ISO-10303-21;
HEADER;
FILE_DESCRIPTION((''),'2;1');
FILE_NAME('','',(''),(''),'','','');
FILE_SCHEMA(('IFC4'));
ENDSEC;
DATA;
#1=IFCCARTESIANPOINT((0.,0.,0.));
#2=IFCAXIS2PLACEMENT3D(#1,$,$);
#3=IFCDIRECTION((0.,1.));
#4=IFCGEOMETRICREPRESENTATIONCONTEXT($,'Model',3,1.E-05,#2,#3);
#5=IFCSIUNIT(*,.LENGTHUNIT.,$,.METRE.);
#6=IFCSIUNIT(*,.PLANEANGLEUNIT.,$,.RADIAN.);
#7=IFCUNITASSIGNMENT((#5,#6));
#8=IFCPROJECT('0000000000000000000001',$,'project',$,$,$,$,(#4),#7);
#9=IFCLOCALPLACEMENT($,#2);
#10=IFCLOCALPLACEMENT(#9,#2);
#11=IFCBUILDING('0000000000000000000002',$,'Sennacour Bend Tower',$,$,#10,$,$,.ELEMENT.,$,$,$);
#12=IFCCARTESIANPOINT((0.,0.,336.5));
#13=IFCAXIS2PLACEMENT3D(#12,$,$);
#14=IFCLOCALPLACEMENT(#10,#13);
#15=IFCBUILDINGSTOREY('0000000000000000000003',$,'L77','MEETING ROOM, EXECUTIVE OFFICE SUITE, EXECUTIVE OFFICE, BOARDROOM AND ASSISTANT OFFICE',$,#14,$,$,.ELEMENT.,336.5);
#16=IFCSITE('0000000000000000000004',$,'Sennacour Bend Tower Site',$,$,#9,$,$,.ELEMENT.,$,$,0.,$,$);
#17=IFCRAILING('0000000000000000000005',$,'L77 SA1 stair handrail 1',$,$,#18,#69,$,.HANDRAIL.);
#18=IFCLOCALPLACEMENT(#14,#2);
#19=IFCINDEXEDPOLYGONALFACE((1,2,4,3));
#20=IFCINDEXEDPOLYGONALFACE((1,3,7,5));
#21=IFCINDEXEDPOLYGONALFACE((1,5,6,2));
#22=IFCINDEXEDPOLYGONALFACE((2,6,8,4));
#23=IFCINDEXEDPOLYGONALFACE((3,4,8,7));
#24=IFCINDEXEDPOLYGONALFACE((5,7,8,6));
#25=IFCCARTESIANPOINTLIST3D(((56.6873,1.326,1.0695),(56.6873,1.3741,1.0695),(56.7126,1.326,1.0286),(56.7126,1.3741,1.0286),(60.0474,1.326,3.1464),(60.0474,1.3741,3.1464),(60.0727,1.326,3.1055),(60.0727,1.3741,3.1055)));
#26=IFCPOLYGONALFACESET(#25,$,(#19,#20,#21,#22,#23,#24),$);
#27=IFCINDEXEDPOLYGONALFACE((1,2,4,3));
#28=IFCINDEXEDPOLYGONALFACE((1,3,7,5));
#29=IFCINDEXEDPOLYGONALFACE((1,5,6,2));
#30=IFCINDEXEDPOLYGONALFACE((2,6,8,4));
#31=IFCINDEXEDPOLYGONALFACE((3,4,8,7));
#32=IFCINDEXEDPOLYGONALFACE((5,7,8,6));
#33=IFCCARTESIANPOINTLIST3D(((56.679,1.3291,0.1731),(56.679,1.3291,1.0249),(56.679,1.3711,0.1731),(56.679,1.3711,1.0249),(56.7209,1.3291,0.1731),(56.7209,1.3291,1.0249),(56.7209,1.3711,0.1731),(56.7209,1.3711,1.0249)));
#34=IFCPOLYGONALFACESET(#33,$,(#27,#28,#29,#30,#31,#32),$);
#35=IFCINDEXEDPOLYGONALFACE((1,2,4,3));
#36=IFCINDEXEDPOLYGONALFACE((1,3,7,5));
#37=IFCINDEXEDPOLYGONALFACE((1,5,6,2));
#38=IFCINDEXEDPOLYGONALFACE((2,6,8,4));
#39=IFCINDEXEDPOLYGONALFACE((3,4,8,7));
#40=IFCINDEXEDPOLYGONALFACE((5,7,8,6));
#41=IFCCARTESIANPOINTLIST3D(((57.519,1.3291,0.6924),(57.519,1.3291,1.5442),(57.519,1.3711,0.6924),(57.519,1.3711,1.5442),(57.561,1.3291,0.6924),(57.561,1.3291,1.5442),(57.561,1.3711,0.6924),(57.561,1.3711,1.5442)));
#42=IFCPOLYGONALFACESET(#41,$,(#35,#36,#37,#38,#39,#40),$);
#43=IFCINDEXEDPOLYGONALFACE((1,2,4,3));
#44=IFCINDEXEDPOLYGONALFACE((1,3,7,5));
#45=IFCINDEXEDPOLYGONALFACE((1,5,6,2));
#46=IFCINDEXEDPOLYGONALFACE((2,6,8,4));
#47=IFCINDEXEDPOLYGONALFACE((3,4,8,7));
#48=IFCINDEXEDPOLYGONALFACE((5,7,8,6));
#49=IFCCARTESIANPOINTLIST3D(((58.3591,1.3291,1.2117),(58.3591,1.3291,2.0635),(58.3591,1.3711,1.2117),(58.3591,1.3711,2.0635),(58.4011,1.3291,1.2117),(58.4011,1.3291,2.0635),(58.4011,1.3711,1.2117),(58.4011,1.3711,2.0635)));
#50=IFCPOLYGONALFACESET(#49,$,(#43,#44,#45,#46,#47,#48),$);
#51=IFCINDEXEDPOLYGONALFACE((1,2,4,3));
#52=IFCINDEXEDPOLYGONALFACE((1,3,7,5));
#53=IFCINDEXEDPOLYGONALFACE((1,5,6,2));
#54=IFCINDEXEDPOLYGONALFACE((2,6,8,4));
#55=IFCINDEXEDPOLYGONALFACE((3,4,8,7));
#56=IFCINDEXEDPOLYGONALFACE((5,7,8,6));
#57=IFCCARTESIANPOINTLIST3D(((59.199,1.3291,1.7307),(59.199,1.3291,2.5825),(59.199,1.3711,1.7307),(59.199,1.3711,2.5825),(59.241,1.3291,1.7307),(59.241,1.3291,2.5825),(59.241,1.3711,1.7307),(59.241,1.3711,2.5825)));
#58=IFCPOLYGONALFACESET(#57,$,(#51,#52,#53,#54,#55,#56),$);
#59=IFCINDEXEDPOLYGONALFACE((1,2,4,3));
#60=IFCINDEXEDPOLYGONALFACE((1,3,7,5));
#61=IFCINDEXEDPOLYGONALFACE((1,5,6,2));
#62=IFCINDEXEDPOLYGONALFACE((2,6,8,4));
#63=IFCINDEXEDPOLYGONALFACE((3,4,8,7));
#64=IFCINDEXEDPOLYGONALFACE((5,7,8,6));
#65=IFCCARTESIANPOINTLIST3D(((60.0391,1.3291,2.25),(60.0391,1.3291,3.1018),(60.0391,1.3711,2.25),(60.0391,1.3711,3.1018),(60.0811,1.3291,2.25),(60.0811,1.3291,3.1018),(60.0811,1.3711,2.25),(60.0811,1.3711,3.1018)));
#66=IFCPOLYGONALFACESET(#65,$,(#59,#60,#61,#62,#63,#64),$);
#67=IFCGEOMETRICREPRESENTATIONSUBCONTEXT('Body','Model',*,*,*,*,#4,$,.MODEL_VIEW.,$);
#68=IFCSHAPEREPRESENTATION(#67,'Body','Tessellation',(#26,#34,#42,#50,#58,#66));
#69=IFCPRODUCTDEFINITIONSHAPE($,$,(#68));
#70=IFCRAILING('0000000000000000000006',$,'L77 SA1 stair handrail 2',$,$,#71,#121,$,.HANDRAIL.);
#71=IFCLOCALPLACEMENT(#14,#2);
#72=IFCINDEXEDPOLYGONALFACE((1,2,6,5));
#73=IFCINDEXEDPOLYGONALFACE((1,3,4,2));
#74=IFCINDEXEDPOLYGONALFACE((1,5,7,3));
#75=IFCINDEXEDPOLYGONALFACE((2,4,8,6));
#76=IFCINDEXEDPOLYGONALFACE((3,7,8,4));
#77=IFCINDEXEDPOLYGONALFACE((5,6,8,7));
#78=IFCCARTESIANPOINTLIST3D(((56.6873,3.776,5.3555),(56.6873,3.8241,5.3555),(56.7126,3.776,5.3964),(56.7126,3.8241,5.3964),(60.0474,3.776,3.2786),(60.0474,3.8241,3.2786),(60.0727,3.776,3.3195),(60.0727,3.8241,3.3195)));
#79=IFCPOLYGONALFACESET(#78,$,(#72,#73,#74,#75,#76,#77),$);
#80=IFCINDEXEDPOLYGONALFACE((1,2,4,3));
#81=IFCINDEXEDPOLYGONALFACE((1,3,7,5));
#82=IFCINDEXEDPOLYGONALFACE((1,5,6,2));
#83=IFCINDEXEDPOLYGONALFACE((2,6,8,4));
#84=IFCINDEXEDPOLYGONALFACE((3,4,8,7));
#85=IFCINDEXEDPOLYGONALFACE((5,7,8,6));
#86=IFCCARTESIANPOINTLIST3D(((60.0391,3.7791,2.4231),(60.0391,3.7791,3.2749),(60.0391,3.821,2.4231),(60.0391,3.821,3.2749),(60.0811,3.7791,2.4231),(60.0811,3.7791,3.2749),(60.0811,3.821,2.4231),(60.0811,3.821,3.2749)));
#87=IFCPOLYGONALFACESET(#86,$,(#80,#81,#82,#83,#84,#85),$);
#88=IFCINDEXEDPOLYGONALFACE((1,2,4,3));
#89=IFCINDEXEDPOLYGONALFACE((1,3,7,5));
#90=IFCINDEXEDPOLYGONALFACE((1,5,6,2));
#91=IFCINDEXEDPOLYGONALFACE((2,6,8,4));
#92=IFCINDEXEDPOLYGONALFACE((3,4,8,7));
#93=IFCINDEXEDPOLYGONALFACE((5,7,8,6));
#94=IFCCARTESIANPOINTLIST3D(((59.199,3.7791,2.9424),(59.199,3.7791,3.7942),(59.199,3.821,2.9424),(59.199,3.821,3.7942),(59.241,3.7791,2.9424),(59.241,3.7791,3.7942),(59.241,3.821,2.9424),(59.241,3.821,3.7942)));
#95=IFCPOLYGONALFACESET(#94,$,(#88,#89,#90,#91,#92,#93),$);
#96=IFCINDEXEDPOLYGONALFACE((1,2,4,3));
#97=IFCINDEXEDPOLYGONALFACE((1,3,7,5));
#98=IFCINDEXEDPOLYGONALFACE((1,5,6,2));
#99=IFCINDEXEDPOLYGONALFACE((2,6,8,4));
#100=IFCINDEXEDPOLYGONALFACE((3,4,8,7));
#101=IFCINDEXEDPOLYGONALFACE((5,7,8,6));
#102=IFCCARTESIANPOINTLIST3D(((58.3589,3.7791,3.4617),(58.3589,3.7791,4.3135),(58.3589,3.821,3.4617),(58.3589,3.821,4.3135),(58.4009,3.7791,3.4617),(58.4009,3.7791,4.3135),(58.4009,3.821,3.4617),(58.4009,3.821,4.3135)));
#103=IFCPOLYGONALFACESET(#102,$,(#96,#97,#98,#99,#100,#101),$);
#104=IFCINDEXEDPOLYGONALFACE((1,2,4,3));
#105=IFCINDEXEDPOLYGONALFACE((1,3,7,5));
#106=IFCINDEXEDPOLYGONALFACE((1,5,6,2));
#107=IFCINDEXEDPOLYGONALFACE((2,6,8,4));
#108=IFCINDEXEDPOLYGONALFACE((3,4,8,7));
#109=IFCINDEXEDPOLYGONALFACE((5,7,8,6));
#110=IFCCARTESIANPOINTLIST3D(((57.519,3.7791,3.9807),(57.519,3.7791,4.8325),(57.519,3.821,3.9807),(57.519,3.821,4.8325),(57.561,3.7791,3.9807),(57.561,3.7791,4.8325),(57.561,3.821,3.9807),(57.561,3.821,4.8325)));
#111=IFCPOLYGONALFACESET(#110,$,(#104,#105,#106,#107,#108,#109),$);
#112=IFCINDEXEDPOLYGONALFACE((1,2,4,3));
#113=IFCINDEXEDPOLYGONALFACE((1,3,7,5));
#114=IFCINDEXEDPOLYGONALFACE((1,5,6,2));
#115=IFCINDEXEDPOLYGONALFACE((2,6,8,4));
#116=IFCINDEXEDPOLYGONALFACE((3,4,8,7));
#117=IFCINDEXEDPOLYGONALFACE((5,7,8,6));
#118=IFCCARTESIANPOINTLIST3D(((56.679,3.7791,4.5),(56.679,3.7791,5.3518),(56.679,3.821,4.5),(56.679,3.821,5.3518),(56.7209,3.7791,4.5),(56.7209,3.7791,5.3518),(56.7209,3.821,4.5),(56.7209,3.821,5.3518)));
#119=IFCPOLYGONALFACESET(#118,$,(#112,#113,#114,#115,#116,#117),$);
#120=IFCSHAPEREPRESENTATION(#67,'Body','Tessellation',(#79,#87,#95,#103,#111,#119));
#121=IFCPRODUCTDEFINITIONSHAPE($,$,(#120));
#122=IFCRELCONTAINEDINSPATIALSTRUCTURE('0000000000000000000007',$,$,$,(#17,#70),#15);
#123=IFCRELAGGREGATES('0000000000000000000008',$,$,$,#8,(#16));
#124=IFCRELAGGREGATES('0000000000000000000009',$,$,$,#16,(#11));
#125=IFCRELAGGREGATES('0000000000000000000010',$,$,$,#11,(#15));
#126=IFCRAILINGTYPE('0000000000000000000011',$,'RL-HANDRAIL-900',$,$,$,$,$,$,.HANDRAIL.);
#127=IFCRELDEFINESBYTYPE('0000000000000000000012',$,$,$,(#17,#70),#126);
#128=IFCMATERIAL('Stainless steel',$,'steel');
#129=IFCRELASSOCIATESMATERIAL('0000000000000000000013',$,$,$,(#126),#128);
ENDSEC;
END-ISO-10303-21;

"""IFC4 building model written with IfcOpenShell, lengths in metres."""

from ifc_helpers import new_model, si_unit, direction, frame, origin, origin_2d, place, context, subcontext, project, spatial, rectangle, extrude, material, type_object, element, save


model = new_model("IFC4")

# Units and contexts
model_context = context("Model", 3, precision=1e-05, world=origin(), true_north=direction((0.0, 1.0)))
body_context = subcontext(model_context, "Body", "Model", "MODEL_VIEW")
ifc_project = project(units=[si_unit("LENGTHUNIT", "METRE"), si_unit("PLANEANGLEUNIT", "RADIAN")], contexts=[model_context])

# Site, building, storey
site_placement = place(None, origin())
site = spatial("IfcSite", under=ifc_project, at=site_placement, Name="Sennacour Bend Tower Site", CompositionType="ELEMENT", RefElevation=0.0)
building_placement = place(site_placement, origin())
building = spatial("IfcBuilding", under=site, at=building_placement, Name="Sennacour Bend Tower", CompositionType="ELEMENT")
storey_placement = place(building_placement, frame((0.0, 0.0, 336.5)))
storey = spatial("IfcBuildingStorey", under=building, at=storey_placement, Name="L77", Description="MEETING ROOM, EXECUTIVE OFFICE SUITE, EXECUTIVE OFFICE, BOARDROOM AND ASSISTANT OFFICE", CompositionType="ELEMENT", Elevation=336.5)

# Shared definitions
ifc_material_1 = material(Name="Stainless steel", Category="steel")

# Railings
railing_type_1 = type_object("IfcRailingType", Name="RL-HANDRAIL-900", PredefinedType="HANDRAIL", material=ifc_material_1)
railing_1_placement = place(storey_placement, frame((56.7, 1.3501, 0.1731)))
element("IfcRailing", 1, at=railing_1_placement, inside=storey, type_object=railing_type_1, Name="L77 SA1 stair handrail 1", PredefinedType="HANDRAIL", context=body_context, shape_type="SweptSolid", body=[
    extrude(rectangle(XDim=0.0481, YDim=0.0481, at=origin_2d()), frame((0.0, 0.0, 0.876), z_axis=(0.850623, 0.0, 0.525776), x_axis=(0.0, 1.0, 0.0)), (0.0, 0.0, 1.0), 3.9502),
    extrude(rectangle(XDim=0.042, YDim=0.042, at=origin_2d()), origin(), (0.0, 0.0, 1.0), 0.8518),
    extrude(rectangle(XDim=0.042, YDim=0.042, at=origin_2d()), frame((0.8401, 0.0, 0.5193)), (0.0, 0.0, 1.0), 0.8518),
    extrude(rectangle(XDim=0.042, YDim=0.042, at=origin_2d()), frame((1.6802, 0.0, 1.0386)), (0.0, 0.0, 1.0), 0.8518),
    extrude(rectangle(XDim=0.042, YDim=0.042, at=origin_2d()), frame((2.52, 0.0, 1.5576)), (0.0, 0.0, 1.0), 0.8518),
    extrude(rectangle(XDim=0.042, YDim=0.042, at=origin_2d()), frame((3.3601, 0.0, 2.0769)), (0.0, 0.0, 1.0), 0.8518),
])
railing_2_placement = place(storey_placement, frame((60.0601, 3.8, 2.4231)))
element("IfcRailing", 2, at=railing_2_placement, inside=storey, type_object=railing_type_1, Name="L77 SA1 stair handrail 2", PredefinedType="HANDRAIL", context=body_context, shape_type="SweptSolid", body=[
    extrude(rectangle(XDim=0.0481, YDim=0.0481, at=origin_2d()), frame((0.0, 0.0, 0.876), z_axis=(-0.850623, 0.0, 0.525776), x_axis=(0.0, -1.0, 0.0)), (0.0, 0.0, 1.0), 3.9502),
    extrude(rectangle(XDim=0.042, YDim=0.042, at=origin_2d()), origin(), (0.0, 0.0, 1.0), 0.8518),
    extrude(rectangle(XDim=0.042, YDim=0.042, at=origin_2d()), frame((-0.8401, 0.0, 0.5193)), (0.0, 0.0, 1.0), 0.8518),
    extrude(rectangle(XDim=0.042, YDim=0.042, at=origin_2d()), frame((-1.6802, 0.0, 1.0386)), (0.0, 0.0, 1.0), 0.8518),
    extrude(rectangle(XDim=0.042, YDim=0.042, at=origin_2d()), frame((-2.52, 0.0, 1.5576)), (0.0, 0.0, 1.0), 0.8518),
    extrude(rectangle(XDim=0.042, YDim=0.042, at=origin_2d()), frame((-3.3601, 0.0, 2.0769)), (0.0, 0.0, 1.0), 0.8518),
])

save(model, "model.ifc")
